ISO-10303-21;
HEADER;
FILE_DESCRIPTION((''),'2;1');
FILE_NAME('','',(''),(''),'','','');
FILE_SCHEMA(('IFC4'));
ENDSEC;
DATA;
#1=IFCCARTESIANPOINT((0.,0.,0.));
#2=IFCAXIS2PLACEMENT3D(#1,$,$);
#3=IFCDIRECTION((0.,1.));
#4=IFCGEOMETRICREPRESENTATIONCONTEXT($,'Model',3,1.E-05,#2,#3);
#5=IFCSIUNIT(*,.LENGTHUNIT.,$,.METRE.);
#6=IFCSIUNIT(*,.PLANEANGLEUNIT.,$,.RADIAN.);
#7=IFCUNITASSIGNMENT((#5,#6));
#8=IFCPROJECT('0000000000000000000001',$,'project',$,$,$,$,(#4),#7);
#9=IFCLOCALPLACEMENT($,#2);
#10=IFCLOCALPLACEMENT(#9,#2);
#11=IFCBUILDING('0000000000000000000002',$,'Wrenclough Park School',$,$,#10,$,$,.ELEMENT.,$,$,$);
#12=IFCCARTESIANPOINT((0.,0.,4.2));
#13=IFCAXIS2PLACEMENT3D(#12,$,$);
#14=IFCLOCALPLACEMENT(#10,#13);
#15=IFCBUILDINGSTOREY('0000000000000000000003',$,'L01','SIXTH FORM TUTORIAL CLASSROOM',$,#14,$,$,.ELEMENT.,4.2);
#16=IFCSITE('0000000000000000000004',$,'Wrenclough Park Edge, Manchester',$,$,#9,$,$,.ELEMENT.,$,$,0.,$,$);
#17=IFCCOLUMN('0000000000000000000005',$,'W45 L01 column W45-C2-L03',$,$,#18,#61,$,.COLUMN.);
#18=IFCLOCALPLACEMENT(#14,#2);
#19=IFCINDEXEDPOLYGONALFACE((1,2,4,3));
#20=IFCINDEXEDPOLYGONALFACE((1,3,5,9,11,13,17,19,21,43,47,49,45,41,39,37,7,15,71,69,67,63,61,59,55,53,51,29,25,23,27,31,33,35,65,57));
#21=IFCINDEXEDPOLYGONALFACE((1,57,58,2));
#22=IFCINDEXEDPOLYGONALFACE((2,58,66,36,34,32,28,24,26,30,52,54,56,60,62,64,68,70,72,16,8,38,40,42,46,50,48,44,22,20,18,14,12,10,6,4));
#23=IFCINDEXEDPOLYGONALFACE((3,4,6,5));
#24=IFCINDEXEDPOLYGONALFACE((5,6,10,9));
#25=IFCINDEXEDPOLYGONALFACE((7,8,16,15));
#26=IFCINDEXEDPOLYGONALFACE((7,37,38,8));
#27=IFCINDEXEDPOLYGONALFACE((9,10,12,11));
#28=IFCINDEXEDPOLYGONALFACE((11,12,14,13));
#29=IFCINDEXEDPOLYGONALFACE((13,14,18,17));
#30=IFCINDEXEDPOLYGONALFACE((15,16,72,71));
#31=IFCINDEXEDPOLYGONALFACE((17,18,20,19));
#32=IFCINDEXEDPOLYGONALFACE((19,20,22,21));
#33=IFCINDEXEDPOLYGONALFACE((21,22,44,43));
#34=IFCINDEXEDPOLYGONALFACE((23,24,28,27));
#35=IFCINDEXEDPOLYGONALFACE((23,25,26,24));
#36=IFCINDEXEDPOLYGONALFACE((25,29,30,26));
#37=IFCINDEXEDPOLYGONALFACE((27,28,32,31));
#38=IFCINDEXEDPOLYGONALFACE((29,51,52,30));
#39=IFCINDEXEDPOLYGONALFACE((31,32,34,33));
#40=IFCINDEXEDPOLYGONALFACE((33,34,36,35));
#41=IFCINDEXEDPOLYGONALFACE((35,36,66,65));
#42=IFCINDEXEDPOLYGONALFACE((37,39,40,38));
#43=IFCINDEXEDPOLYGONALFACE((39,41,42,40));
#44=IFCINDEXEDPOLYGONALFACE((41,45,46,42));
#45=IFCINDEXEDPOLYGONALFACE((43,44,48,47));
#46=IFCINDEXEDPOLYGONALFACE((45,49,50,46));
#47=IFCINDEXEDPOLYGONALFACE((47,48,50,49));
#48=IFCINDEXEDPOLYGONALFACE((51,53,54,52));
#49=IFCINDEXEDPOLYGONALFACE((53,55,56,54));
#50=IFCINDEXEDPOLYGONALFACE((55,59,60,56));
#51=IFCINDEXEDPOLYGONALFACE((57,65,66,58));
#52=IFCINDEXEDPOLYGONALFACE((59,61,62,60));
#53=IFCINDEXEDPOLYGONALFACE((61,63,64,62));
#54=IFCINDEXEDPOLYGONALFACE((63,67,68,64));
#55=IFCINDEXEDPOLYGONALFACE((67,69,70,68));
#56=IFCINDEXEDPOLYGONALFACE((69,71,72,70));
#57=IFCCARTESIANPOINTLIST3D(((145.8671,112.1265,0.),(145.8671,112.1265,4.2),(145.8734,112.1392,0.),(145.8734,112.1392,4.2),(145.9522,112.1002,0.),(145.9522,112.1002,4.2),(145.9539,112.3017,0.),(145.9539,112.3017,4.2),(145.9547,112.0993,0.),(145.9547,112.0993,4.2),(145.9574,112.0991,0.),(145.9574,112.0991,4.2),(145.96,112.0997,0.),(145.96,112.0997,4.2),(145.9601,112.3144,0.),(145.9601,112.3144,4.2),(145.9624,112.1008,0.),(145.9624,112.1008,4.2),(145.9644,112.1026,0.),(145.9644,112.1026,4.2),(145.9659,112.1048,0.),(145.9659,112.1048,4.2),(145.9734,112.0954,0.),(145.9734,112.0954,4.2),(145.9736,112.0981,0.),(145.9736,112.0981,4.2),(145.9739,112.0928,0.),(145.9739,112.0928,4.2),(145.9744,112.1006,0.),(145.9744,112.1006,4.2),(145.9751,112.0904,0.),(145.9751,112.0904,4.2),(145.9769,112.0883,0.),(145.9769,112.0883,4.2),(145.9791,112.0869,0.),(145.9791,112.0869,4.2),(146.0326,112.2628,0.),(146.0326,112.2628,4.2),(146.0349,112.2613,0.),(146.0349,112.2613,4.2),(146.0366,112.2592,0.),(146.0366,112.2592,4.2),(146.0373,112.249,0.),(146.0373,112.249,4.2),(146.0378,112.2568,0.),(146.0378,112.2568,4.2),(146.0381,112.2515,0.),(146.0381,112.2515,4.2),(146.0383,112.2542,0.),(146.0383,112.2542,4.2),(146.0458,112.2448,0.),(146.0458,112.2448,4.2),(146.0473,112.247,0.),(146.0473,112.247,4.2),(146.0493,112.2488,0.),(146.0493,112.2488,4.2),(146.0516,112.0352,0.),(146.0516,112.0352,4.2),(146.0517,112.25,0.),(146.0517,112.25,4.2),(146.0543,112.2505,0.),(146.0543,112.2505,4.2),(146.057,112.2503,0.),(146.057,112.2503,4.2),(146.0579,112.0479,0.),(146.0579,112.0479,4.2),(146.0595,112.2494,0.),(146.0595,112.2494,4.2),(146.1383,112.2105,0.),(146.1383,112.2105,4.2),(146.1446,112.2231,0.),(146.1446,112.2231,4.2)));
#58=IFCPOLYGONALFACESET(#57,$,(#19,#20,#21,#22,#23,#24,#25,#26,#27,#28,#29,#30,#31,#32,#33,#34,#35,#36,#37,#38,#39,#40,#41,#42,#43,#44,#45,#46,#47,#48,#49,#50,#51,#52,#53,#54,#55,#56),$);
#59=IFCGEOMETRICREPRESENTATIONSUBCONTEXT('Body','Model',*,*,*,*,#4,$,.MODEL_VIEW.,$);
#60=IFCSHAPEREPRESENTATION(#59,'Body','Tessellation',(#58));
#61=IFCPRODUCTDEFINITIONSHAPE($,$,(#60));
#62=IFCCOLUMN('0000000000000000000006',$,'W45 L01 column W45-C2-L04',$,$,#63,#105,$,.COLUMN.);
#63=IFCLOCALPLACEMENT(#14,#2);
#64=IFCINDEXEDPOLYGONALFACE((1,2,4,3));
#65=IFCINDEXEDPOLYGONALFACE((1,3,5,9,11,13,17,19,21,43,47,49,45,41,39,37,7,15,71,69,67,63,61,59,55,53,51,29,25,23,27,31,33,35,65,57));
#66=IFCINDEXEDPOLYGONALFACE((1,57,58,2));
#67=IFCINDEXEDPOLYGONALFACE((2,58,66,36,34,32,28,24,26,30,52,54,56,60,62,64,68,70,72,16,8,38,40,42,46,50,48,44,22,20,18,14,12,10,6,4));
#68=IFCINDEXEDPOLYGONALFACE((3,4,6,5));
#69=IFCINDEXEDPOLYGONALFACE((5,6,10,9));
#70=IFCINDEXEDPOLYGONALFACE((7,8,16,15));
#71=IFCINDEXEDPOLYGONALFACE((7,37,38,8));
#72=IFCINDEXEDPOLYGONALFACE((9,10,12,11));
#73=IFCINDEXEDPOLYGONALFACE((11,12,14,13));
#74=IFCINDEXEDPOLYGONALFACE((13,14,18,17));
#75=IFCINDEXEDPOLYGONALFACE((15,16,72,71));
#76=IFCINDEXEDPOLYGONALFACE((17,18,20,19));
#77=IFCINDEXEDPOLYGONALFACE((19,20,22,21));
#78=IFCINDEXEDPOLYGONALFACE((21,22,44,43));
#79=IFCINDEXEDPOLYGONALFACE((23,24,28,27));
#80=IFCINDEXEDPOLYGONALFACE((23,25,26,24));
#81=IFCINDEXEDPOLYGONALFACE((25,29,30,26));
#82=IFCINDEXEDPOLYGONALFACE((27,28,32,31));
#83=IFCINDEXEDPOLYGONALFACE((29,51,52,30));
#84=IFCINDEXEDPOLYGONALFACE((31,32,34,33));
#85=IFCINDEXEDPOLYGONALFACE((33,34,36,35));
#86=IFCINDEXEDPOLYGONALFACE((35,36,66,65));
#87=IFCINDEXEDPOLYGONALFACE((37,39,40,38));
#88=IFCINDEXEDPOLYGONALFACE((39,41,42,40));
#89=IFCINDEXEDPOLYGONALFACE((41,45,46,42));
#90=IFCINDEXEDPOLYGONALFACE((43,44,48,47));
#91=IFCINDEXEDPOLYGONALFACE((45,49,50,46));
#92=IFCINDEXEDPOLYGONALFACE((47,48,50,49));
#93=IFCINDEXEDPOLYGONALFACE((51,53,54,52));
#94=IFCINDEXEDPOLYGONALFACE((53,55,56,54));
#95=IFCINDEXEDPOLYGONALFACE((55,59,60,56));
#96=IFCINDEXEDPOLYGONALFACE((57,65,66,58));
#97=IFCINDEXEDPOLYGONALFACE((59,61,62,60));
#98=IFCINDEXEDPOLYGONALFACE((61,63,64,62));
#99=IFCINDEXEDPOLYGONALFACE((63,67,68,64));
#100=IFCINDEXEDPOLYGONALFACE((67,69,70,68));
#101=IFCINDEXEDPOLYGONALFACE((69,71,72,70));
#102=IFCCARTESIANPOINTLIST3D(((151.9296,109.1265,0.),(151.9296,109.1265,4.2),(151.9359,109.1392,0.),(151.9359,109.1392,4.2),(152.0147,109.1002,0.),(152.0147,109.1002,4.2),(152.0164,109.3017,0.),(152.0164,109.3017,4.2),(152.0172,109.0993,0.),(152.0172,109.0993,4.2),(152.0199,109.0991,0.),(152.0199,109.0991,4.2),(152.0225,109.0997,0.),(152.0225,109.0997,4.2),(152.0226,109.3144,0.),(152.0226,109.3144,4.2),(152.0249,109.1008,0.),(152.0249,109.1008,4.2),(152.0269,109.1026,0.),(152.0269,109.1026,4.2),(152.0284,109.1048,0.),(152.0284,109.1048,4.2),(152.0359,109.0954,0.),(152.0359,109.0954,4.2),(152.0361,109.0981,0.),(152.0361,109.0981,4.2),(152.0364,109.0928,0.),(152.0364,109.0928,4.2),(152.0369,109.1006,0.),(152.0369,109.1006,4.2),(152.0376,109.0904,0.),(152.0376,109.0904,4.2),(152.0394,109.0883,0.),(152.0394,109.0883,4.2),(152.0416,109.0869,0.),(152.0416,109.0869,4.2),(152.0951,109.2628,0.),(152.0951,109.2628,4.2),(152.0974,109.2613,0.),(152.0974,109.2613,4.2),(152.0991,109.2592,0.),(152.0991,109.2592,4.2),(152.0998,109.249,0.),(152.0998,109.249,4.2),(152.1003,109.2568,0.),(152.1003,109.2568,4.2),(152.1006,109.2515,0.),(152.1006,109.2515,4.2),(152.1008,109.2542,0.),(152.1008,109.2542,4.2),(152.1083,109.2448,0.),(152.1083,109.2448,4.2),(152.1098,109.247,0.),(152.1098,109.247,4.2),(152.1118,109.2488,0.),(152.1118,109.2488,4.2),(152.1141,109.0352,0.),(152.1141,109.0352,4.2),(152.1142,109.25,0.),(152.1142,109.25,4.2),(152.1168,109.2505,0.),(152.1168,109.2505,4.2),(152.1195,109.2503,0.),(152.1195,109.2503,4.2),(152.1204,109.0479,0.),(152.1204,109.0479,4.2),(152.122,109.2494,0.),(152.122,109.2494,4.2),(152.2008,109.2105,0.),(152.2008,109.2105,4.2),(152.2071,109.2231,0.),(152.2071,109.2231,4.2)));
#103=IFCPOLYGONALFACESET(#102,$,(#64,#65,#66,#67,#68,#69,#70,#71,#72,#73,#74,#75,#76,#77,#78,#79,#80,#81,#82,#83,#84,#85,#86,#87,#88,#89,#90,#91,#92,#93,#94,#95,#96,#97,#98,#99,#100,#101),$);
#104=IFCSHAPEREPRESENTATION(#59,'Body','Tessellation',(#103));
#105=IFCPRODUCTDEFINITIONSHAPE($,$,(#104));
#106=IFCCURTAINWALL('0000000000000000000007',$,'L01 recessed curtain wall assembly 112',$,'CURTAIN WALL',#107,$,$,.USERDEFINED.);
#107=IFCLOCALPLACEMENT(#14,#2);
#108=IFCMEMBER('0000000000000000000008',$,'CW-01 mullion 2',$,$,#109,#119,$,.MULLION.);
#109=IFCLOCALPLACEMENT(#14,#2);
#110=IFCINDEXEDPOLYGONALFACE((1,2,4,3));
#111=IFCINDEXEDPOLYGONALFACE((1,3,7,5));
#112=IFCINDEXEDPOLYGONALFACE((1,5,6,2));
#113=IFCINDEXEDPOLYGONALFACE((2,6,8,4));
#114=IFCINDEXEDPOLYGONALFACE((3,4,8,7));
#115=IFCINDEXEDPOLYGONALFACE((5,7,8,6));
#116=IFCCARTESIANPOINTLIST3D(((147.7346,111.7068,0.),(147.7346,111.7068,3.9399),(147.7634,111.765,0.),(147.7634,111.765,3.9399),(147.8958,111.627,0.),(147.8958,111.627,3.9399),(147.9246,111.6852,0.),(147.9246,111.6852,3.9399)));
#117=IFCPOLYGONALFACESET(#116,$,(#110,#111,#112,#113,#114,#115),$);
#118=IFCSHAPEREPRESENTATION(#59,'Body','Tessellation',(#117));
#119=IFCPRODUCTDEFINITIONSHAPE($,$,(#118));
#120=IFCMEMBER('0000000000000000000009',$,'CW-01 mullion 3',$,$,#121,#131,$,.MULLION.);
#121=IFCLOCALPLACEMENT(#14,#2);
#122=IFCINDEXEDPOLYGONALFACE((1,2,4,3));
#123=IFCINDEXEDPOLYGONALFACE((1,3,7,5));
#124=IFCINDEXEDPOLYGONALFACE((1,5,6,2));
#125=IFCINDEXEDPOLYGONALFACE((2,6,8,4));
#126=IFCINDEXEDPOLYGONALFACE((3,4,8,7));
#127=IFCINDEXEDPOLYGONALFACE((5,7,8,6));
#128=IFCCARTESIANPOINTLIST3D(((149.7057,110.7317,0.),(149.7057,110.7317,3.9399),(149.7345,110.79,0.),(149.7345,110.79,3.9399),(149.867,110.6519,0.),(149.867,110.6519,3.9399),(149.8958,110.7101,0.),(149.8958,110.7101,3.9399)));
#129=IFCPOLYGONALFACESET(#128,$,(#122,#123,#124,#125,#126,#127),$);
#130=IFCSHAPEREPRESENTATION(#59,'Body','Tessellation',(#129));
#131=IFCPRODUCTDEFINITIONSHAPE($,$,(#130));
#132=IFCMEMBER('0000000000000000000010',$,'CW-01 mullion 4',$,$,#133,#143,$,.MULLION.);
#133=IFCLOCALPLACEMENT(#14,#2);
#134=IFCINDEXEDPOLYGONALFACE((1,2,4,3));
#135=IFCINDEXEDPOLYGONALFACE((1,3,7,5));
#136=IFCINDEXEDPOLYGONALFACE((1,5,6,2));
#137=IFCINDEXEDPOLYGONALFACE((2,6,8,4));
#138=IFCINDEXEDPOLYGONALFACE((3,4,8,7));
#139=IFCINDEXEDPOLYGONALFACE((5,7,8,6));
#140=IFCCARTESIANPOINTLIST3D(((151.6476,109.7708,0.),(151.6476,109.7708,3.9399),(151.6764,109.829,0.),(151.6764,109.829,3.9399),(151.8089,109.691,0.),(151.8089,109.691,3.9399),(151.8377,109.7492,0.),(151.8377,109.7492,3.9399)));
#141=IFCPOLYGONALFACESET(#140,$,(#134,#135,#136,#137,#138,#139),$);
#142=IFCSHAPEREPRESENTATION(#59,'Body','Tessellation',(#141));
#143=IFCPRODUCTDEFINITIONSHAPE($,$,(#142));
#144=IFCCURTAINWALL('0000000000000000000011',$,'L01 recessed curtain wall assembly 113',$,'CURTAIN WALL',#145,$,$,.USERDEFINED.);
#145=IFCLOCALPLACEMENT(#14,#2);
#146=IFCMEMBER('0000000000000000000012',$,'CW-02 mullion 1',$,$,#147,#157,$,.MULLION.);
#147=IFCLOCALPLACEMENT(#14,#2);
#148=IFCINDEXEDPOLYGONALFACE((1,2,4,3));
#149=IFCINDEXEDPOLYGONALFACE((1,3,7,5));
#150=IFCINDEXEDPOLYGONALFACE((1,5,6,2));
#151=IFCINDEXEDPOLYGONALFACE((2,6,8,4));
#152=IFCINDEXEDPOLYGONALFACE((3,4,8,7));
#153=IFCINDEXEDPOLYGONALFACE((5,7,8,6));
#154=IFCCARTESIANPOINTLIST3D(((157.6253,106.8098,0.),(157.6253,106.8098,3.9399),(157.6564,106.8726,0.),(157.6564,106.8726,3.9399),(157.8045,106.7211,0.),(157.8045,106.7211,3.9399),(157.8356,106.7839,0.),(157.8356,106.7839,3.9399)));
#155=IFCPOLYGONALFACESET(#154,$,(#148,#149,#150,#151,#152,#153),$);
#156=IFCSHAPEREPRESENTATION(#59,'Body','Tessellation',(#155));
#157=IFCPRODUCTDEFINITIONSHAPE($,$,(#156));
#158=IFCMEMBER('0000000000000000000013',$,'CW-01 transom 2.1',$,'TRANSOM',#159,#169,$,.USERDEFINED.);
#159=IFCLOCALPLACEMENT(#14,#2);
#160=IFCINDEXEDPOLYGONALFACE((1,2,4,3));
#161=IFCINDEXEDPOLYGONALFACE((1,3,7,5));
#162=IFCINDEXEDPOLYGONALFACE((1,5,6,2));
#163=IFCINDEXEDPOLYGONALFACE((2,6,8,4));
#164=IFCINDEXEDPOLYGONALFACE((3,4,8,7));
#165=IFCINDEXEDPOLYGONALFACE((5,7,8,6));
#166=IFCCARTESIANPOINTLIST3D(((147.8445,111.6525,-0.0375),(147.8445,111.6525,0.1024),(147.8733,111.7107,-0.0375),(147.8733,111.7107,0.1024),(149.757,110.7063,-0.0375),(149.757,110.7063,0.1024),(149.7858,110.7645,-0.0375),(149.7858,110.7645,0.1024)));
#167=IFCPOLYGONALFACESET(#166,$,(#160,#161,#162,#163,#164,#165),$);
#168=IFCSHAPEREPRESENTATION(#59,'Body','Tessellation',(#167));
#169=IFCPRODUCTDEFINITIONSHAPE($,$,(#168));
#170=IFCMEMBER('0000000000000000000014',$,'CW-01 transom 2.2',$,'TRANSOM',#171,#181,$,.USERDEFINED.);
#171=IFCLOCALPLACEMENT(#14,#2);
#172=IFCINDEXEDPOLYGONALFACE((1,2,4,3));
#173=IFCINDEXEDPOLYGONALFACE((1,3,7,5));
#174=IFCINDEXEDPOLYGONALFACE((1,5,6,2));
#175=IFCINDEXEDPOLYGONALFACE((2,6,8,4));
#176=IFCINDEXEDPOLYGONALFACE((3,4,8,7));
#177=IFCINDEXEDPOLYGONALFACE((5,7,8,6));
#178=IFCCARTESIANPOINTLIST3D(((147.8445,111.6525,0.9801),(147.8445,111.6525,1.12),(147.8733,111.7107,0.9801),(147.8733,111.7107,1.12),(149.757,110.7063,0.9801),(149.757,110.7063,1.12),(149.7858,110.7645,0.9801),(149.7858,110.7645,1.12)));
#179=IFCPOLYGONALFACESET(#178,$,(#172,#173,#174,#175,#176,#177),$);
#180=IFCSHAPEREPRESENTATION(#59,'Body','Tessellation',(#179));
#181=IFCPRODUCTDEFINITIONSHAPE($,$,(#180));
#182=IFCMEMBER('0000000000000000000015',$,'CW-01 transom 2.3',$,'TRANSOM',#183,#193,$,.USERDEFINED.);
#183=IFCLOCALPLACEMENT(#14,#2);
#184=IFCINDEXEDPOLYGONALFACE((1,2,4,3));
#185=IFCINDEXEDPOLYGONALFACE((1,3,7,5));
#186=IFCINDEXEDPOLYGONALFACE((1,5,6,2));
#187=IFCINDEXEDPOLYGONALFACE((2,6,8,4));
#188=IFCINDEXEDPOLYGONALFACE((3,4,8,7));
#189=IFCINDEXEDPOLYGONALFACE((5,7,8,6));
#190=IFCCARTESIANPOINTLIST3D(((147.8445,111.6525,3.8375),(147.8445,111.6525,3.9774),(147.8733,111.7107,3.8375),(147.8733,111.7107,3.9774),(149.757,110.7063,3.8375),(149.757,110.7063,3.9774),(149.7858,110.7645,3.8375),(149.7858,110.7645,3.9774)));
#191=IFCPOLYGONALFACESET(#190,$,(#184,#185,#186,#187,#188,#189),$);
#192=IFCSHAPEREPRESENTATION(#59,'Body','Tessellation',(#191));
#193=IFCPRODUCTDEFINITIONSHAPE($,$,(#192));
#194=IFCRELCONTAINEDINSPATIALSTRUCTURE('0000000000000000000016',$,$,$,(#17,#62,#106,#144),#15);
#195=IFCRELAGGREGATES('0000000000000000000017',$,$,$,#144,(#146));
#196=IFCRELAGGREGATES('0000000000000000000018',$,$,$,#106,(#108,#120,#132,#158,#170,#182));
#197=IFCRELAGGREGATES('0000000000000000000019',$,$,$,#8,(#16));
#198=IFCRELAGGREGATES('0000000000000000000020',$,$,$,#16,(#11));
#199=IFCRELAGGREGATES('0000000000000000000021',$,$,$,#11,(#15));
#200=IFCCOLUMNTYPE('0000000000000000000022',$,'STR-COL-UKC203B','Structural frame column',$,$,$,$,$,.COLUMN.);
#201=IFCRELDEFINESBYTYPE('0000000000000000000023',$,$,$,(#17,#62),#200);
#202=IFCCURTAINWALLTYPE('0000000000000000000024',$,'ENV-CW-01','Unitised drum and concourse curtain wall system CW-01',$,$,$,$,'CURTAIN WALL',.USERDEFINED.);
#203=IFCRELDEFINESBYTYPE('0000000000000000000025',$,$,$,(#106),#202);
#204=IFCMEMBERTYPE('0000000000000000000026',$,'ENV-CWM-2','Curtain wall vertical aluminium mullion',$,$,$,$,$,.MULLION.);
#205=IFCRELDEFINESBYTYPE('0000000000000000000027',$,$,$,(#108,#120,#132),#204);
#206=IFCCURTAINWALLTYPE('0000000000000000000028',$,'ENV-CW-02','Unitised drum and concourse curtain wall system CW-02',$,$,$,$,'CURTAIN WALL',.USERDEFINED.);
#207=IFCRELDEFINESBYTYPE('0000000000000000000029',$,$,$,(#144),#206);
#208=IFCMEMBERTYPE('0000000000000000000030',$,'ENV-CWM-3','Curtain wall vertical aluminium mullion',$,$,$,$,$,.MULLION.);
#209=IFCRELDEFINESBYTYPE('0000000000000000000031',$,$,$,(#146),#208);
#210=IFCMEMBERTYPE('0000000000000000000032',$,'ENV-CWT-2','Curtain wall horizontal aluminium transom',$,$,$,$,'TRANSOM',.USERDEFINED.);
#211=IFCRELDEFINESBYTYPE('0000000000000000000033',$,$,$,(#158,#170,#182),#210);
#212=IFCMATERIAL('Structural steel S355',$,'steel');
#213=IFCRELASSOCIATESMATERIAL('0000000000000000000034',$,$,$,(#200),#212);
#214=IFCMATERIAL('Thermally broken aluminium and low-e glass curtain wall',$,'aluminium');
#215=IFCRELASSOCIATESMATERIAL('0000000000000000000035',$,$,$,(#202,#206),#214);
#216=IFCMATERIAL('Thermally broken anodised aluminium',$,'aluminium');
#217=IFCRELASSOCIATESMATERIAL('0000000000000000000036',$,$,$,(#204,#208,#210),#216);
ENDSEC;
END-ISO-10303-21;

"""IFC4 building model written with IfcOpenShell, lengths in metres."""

from ifc_helpers import new_model, si_unit, direction, frame, origin, origin_2d, place, context, subcontext, project, spatial, rectangle, i_section, extrude, material, material_profile, profile_set, type_object, element, aggregate, save


model = new_model("IFC4")

# Units and contexts
model_context = context("Model", 3, precision=1e-05, world=origin(), true_north=direction((0.0, 1.0)))
body_context = subcontext(model_context, "Body", "Model", "MODEL_VIEW")
ifc_project = project(units=[si_unit("LENGTHUNIT", "METRE"), si_unit("PLANEANGLEUNIT", "RADIAN")], contexts=[model_context])

# Site, building, storey
site_placement = place(None, origin())
site = spatial("IfcSite", under=ifc_project, at=site_placement, Name="Wrenclough Park Edge, Manchester", CompositionType="ELEMENT", RefElevation=0.0)
building_placement = place(site_placement, origin())
building = spatial("IfcBuilding", under=site, at=building_placement, Name="Wrenclough Park School", CompositionType="ELEMENT")
storey_placement = place(building_placement, frame((0.0, 0.0, 4.2)))
storey = spatial("IfcBuildingStorey", under=building, at=storey_placement, Name="L01", Description="SIXTH FORM TUTORIAL CLASSROOM", CompositionType="ELEMENT", Elevation=4.2)

# Columns
ifc_material_1 = material(Name="Structural steel S355", Category="steel")
ifc_material_profile_1 = material_profile(ifc_material_1, i_section(OverallWidth=0.2058, OverallDepth=0.2097, WebThickness=0.0095, FlangeThickness=0.0142, FilletRadius=0.0103, at=origin_2d()), Name="UKC 203x203x60")
ifc_profile_set_1 = profile_set([ifc_material_profile_1], Name="Structural steel S355")
column_type = type_object("IfcColumnType", Name="STR-COL-UKC203B", Description="Structural frame column", PredefinedType="COLUMN", material=ifc_profile_set_1)
for number, where, z_axis, x_axis, name in (
    (1, (146.0059, 112.1748, 0.0), (0.0, 0.0, 1.0), (0.896254, -0.443541, 0.0), "W45 L01 column W45-C2-L03"),
    (2, (152.0684, 109.1748, 0.0), (0.0, 0.0, 1.0), (0.896254, -0.443541, 0.0), "W45 L01 column W45-C2-L04"),
):
    element("IfcColumn", number, at=place(storey_placement, frame(where, z_axis=z_axis, x_axis=x_axis)), inside=storey, type_object=column_type, Name=name, PredefinedType="COLUMN", context=body_context, shape_type="SweptSolid", body=[
        extrude(i_section(OverallWidth=0.2058, OverallDepth=0.2097, WebThickness=0.0095, FlangeThickness=0.0142, FilletRadius=0.0103, at=origin_2d()), origin(), (0.0, 0.0, 1.0), 4.2),
    ])

# Curtain wall, members
ifc_material_2 = material(Name="Thermally broken aluminium and low-e glass curtain wall", Category="aluminium")
curtain_wall_type_1 = type_object("IfcCurtainWallType", Name="ENV-CW-01", Description="Unitised drum and concourse curtain wall system CW-01", ElementType="CURTAIN WALL", PredefinedType="USERDEFINED", material=ifc_material_2)
curtain_wall_1_placement = place(storey_placement, origin())
curtain_wall_1 = element("IfcCurtainWall", 3, at=curtain_wall_1_placement, inside=storey, type_object=curtain_wall_type_1, Name="L01 recessed curtain wall assembly 112", ObjectType="CURTAIN WALL", PredefinedType="USERDEFINED")
ifc_material_3 = material(Name="Thermally broken anodised aluminium", Category="aluminium")
ifc_material_profile_2 = material_profile(ifc_material_3, rectangle(XDim=0.0649, YDim=0.1799, at=origin_2d()), Name="AL MULLION 65x180")
ifc_profile_set_2 = profile_set([ifc_material_profile_2], Name="Thermally broken anodised aluminium")
member_type_1 = type_object("IfcMemberType", Name="ENV-CWM-2", Description="Curtain wall vertical aluminium mullion", PredefinedType="MULLION", material=ifc_profile_set_2)
member_1_placement = place(storey_placement, frame((147.8296, 111.696, 0.0), z_axis=(0.0, 0.0, 1.0), x_axis=(0.443511, 0.896269, 0.0)))
member_1 = element("IfcMember", 4, at=member_1_placement, type_object=member_type_1, Name="CW-01 mullion 2", PredefinedType="MULLION", context=body_context, shape_type="SweptSolid", body=[
    extrude(rectangle(XDim=0.0649, YDim=0.1799, at=origin_2d()), origin(), (0.0, 0.0, 1.0), 3.9399),
])
member_2_placement = place(storey_placement, frame((149.8008, 110.7209, 0.0), z_axis=(0.0, 0.0, 1.0), x_axis=(0.443511, 0.896269, 0.0)))
member_2 = element("IfcMember", 5, at=member_2_placement, type_object=member_type_1, Name="CW-01 mullion 3", PredefinedType="MULLION", context=body_context, shape_type="SweptSolid", body=[
    extrude(rectangle(XDim=0.0649, YDim=0.1799, at=origin_2d()), origin(), (0.0, 0.0, 1.0), 3.9399),
])
member_3_placement = place(storey_placement, frame((151.7427, 109.76, 0.0), z_axis=(0.0, 0.0, 1.0), x_axis=(0.443511, 0.896269, 0.0)))
member_3 = element("IfcMember", 6, at=member_3_placement, type_object=member_type_1, Name="CW-01 mullion 4", PredefinedType="MULLION", context=body_context, shape_type="SweptSolid", body=[
    extrude(rectangle(XDim=0.0649, YDim=0.1799, at=origin_2d()), origin(), (0.0, 0.0, 1.0), 3.9399),
])

# Curtain wall, member
curtain_wall_type_2 = type_object("IfcCurtainWallType", Name="ENV-CW-02", Description="Unitised drum and concourse curtain wall system CW-02", ElementType="CURTAIN WALL", PredefinedType="USERDEFINED", material=ifc_material_2)
curtain_wall_2_placement = place(storey_placement, origin())
curtain_wall_2 = element("IfcCurtainWall", 7, at=curtain_wall_2_placement, inside=storey, type_object=curtain_wall_type_2, Name="L01 recessed curtain wall assembly 113", ObjectType="CURTAIN WALL", PredefinedType="USERDEFINED")
ifc_material_profile_3 = material_profile(ifc_material_3, rectangle(XDim=0.0701, YDim=0.2, at=origin_2d()), Name="AL MULLION 70x200")
ifc_profile_set_3 = profile_set([ifc_material_profile_3], Name="Thermally broken anodised aluminium")
member_type_2 = type_object("IfcMemberType", Name="ENV-CWM-3", Description="Curtain wall vertical aluminium mullion", PredefinedType="MULLION", material=ifc_profile_set_3)
member_4_placement = place(storey_placement, frame((157.7305, 106.7969, 0.0), z_axis=(0.0, 0.0, 1.0), x_axis=(0.443511, 0.896269, 0.0)))
member_4 = element("IfcMember", 8, at=member_4_placement, type_object=member_type_2, Name="CW-02 mullion 1", PredefinedType="MULLION", context=body_context, shape_type="SweptSolid", body=[
    extrude(rectangle(XDim=0.0701, YDim=0.2, at=origin_2d()), origin(), (0.0, 0.0, 1.0), 3.9399),
])

# Members
ifc_material_profile_4 = material_profile(ifc_material_3, rectangle(XDim=0.0649, YDim=0.1399, at=origin_2d()), Name="AL TRANSOM 65x140")
ifc_profile_set_4 = profile_set([ifc_material_profile_4], Name="Thermally broken anodised aluminium")
member_type_3 = type_object("IfcMemberType", Name="ENV-CWT-2", Description="Curtain wall horizontal aluminium transom", ElementType="TRANSOM", PredefinedType="USERDEFINED", material=ifc_profile_set_4)
member_5_placement = place(storey_placement, frame((147.8589, 111.6816, 0.0325), z_axis=(0.896296, -0.443457, 0.0), x_axis=(0.443457, 0.896296, 0.0)))
member_5 = element("IfcMember", 9, at=member_5_placement, type_object=member_type_3, Name="CW-01 transom 2.1", ObjectType="TRANSOM", PredefinedType="USERDEFINED", context=body_context, shape_type="SweptSolid", body=[
    extrude(rectangle(XDim=0.0649, YDim=0.1399, at=origin_2d()), origin(), (0.0, 0.0, 1.0), 2.1338),
])
member_6_placement = place(storey_placement, frame((147.8589, 111.6816, 1.05), z_axis=(0.896296, -0.443457, 0.0), x_axis=(0.443457, 0.896296, 0.0)))
member_6 = element("IfcMember", 10, at=member_6_placement, type_object=member_type_3, Name="CW-01 transom 2.2", ObjectType="TRANSOM", PredefinedType="USERDEFINED", context=body_context, shape_type="SweptSolid", body=[
    extrude(rectangle(XDim=0.0649, YDim=0.1399, at=origin_2d()), origin(), (0.0, 0.0, 1.0), 2.1338),
])
member_7_placement = place(storey_placement, frame((147.8589, 111.6816, 3.9075), z_axis=(0.896296, -0.443457, 0.0), x_axis=(0.443457, 0.896296, 0.0)))
member_7 = element("IfcMember", 11, at=member_7_placement, type_object=member_type_3, Name="CW-01 transom 2.3", ObjectType="TRANSOM", PredefinedType="USERDEFINED", context=body_context, shape_type="SweptSolid", body=[
    extrude(rectangle(XDim=0.0649, YDim=0.1399, at=origin_2d()), origin(), (0.0, 0.0, 1.0), 2.1338),
])
aggregate(curtain_wall_2, [member_4])

aggregate(curtain_wall_1, [member_1, member_2, member_3, member_5, member_6, member_7])

save(model, "model.ifc")
